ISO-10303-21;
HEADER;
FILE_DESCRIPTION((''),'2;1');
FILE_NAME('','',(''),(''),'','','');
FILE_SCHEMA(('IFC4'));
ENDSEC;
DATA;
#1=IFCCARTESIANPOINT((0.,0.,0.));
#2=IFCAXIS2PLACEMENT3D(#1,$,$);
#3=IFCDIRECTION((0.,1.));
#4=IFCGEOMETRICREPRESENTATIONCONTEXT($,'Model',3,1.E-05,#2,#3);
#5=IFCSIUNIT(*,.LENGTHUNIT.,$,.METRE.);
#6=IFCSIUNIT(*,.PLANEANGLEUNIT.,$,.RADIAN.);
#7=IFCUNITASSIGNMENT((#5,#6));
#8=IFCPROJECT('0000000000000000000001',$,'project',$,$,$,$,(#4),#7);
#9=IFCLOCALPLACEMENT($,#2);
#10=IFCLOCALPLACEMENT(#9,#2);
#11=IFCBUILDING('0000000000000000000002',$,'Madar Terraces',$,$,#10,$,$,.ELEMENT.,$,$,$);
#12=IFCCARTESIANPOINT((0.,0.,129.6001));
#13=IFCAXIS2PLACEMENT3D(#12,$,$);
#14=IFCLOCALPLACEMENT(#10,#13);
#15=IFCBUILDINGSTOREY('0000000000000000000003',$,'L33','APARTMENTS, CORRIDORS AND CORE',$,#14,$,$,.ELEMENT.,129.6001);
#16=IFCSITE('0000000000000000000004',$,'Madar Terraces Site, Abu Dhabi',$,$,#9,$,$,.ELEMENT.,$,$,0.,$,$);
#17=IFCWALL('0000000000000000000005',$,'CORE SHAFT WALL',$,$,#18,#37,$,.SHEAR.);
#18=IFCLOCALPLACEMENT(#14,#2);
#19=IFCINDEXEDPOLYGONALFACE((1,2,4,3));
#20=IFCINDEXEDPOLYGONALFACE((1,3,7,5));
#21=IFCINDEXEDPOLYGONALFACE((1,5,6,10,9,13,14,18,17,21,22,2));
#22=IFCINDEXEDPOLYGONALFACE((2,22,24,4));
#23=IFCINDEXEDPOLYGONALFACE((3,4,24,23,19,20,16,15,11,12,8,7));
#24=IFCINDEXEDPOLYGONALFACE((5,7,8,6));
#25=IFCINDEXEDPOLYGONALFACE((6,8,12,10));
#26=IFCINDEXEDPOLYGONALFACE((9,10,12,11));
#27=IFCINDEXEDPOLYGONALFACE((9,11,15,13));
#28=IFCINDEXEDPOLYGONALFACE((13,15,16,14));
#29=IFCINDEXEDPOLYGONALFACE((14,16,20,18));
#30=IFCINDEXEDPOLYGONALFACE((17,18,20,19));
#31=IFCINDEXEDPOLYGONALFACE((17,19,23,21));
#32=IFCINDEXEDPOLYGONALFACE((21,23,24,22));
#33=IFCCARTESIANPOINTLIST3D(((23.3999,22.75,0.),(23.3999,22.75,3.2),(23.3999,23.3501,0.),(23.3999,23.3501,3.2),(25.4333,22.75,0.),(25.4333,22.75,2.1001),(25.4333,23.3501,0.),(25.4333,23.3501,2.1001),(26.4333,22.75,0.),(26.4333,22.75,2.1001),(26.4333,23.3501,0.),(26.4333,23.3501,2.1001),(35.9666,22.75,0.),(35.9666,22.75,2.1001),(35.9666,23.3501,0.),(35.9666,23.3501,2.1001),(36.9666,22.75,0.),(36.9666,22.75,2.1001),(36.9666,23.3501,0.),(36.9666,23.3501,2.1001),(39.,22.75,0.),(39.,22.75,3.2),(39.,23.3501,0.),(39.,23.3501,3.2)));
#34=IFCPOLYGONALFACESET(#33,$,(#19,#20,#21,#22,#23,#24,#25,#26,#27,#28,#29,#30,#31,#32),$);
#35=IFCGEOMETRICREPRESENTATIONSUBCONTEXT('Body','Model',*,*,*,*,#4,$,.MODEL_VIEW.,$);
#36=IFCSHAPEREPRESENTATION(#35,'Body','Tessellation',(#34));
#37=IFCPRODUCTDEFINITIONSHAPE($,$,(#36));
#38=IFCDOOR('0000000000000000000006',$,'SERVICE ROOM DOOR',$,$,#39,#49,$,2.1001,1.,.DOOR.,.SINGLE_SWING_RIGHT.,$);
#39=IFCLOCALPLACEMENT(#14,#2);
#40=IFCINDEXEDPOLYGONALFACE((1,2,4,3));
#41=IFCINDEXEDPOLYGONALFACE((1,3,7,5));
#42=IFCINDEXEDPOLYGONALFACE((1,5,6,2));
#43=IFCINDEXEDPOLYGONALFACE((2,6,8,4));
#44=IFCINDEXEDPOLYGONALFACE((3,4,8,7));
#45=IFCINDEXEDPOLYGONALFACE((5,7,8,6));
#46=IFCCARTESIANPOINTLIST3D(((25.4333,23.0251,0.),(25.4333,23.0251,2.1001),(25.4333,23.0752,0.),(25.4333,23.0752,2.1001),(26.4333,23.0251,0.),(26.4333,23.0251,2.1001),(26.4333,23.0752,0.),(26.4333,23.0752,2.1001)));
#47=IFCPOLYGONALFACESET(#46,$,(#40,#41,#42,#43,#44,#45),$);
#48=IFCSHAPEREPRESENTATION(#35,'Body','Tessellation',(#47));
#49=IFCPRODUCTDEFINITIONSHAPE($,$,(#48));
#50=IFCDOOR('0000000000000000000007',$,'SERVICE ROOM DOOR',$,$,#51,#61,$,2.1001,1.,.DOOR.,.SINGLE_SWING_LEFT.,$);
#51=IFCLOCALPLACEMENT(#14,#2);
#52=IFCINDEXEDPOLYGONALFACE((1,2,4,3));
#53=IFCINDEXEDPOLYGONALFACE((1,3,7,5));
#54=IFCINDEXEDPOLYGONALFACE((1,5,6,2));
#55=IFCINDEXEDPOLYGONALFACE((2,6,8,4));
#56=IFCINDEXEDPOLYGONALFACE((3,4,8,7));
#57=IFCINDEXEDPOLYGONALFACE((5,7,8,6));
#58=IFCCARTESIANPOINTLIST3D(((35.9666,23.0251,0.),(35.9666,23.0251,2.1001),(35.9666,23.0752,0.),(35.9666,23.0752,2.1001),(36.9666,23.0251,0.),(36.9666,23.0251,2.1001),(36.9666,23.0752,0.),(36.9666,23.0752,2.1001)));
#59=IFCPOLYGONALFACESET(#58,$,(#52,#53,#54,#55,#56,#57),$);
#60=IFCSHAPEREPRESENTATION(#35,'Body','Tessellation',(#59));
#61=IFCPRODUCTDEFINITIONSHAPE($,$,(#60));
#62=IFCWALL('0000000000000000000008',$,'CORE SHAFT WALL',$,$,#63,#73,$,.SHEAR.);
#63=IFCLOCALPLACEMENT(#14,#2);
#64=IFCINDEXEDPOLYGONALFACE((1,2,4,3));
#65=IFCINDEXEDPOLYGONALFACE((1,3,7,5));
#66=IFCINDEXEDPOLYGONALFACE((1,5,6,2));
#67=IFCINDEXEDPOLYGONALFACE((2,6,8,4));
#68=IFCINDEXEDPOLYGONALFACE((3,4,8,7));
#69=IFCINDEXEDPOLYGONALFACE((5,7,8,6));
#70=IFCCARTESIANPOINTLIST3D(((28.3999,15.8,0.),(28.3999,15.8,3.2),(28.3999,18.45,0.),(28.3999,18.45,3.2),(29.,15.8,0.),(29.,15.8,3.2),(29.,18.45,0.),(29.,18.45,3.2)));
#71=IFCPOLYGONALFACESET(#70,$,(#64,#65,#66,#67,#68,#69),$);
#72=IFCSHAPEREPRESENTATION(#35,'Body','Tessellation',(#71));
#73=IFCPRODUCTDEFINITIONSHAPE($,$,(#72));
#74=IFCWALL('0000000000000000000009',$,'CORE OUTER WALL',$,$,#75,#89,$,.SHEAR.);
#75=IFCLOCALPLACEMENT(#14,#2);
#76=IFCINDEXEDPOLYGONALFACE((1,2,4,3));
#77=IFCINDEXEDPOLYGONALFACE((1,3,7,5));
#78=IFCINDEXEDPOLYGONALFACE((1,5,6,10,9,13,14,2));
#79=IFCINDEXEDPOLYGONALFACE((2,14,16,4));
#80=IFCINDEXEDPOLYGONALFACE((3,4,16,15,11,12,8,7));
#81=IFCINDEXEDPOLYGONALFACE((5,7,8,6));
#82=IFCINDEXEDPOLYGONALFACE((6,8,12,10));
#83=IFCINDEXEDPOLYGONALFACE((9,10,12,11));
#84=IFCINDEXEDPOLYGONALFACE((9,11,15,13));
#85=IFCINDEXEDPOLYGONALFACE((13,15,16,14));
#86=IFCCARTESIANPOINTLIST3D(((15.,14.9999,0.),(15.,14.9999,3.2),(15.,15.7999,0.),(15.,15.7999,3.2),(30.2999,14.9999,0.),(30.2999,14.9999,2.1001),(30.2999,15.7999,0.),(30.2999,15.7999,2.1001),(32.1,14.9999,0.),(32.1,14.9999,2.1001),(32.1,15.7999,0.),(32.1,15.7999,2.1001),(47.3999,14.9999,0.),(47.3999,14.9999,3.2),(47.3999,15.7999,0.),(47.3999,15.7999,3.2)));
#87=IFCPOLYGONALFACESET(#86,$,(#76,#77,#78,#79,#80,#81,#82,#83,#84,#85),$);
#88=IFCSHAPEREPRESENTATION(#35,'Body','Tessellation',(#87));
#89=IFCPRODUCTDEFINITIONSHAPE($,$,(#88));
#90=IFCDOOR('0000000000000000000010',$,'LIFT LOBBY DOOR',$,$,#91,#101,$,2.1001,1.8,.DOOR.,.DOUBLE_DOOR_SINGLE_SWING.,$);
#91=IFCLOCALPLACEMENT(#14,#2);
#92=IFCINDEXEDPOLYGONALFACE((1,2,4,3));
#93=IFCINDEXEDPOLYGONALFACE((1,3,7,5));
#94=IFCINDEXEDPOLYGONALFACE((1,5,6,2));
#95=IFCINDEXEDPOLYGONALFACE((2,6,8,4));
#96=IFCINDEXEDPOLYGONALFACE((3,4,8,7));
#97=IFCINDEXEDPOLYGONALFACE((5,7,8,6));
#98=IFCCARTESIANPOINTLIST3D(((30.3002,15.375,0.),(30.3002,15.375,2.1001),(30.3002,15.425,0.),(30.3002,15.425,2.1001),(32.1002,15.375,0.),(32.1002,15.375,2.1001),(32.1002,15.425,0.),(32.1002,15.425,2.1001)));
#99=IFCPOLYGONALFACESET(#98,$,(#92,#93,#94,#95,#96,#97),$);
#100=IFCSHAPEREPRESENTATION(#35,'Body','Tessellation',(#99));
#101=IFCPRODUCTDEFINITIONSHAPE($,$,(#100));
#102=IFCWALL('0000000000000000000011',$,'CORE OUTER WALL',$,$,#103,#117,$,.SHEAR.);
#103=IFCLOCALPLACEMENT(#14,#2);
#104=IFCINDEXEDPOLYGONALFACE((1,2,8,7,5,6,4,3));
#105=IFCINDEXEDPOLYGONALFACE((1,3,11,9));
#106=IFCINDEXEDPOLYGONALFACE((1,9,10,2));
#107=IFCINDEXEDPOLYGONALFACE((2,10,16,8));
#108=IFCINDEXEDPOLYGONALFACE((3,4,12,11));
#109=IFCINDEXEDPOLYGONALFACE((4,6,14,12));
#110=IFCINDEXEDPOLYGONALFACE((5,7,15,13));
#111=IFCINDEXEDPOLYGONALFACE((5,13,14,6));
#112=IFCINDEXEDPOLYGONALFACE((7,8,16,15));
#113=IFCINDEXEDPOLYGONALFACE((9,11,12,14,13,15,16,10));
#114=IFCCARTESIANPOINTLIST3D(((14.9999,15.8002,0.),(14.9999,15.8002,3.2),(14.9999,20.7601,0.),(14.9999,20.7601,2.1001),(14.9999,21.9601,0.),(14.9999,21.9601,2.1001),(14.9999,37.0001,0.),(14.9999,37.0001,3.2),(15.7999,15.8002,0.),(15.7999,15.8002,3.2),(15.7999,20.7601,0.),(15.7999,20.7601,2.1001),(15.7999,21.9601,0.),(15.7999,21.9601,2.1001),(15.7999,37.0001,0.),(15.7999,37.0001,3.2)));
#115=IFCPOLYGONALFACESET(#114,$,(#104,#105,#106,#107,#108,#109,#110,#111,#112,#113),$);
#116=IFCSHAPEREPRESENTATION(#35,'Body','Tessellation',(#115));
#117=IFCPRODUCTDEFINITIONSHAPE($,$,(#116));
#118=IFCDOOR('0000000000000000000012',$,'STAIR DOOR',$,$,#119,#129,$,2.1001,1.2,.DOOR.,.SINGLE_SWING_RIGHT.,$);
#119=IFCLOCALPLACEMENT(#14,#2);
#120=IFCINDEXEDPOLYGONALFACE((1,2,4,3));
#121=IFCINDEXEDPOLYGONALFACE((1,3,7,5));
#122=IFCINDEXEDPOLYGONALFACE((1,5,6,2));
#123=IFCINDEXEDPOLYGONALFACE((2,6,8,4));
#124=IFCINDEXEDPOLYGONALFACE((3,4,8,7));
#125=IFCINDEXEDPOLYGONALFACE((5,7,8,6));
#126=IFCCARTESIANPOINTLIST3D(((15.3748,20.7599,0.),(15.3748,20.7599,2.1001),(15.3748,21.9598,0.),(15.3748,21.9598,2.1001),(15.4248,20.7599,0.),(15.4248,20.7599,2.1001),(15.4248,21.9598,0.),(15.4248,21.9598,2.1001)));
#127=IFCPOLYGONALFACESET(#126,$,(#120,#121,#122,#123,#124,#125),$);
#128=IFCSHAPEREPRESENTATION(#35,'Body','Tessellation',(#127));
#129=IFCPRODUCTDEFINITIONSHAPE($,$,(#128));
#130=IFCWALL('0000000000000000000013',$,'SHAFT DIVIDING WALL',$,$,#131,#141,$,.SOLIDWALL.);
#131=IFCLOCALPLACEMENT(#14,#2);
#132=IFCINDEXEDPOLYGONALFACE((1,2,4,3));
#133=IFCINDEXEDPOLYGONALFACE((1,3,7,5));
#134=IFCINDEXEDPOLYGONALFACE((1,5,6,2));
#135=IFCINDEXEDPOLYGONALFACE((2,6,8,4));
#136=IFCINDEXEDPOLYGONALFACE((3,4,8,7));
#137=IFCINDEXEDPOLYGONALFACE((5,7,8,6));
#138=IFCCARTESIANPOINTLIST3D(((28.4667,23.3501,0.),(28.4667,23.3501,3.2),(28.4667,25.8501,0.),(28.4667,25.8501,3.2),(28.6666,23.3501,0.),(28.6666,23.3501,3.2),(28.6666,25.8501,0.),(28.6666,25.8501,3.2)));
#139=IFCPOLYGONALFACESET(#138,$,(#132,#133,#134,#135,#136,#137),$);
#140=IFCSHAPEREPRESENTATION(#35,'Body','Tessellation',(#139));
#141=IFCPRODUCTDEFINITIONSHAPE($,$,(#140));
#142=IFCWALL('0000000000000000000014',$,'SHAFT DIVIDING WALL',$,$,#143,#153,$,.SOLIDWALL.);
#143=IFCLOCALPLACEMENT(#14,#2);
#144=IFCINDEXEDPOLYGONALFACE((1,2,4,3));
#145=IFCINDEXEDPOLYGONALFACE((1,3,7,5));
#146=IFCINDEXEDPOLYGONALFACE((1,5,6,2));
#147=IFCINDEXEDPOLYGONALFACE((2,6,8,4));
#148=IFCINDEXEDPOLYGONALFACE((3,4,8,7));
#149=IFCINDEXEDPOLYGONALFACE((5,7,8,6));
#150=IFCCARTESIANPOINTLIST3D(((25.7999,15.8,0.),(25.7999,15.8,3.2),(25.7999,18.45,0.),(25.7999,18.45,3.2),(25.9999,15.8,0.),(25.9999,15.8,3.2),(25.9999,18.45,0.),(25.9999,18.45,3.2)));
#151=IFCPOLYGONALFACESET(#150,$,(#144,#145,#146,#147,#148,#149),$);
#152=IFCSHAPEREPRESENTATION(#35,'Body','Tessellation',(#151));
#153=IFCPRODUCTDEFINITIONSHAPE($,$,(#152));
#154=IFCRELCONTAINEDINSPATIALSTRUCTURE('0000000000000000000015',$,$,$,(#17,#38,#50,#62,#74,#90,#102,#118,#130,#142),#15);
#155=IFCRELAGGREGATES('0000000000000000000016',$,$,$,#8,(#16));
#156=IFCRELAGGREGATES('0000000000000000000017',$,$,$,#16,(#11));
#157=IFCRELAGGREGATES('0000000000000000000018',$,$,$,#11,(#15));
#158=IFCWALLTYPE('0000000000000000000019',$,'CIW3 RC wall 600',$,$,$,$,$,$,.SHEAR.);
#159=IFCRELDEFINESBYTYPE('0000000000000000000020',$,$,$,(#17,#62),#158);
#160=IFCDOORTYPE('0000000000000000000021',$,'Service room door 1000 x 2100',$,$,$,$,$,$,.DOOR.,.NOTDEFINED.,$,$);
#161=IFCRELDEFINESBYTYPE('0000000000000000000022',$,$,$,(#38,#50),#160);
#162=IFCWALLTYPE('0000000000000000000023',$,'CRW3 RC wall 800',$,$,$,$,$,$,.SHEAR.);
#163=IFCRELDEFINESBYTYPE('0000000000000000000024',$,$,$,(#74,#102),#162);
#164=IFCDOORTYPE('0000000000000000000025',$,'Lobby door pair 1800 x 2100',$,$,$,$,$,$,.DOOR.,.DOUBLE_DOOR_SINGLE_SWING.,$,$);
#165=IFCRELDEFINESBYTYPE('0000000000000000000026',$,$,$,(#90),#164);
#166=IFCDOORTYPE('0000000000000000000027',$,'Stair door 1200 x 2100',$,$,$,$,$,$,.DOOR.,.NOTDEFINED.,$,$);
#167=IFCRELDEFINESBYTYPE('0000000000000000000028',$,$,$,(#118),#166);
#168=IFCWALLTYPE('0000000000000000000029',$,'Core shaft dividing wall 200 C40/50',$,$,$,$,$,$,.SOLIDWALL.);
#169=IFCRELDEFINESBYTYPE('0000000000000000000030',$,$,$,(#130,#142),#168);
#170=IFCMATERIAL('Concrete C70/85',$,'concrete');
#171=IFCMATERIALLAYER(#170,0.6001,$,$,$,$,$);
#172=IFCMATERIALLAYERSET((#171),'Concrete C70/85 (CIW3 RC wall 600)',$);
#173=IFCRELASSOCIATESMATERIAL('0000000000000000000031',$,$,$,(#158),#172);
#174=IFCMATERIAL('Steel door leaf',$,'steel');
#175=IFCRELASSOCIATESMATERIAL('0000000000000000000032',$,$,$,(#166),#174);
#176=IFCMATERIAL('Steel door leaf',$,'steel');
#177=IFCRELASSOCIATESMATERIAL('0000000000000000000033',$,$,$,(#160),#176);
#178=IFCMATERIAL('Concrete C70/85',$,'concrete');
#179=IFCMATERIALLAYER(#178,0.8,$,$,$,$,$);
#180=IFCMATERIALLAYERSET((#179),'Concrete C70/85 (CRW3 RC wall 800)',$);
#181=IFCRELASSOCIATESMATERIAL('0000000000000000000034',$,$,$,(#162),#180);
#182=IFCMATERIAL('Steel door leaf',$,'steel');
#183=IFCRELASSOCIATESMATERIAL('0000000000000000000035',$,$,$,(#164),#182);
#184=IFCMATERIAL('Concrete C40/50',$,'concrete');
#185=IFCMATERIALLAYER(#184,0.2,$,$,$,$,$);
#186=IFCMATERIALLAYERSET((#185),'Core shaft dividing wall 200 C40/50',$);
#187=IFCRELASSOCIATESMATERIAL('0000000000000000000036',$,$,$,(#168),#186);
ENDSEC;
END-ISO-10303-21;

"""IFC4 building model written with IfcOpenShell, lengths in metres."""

from ifc_helpers import new_model, si_unit, direction, frame, frame_2d, origin, place, context, subcontext, project, spatial, rectangle, extrude, material, layer, layer_set, type_object, element, fill, save


model = new_model("IFC4")

# Units and contexts
model_context = context("Model", 3, precision=1e-05, world=origin(), true_north=direction((0.0, 1.0)))
body_context = subcontext(model_context, "Body", "Model", "MODEL_VIEW")
ifc_project = project(units=[si_unit("LENGTHUNIT", "METRE"), si_unit("PLANEANGLEUNIT", "RADIAN")], contexts=[model_context])

# Site, building, storey
site_placement = place(None, origin())
site = spatial("IfcSite", under=ifc_project, at=site_placement, Name="Madar Terraces Site, Abu Dhabi", CompositionType="ELEMENT", RefElevation=0.0)
building_placement = place(site_placement, origin())
building = spatial("IfcBuilding", under=site, at=building_placement, Name="Madar Terraces", CompositionType="ELEMENT")
storey_placement = place(building_placement, frame((0.0, 0.0, 129.6001)))
storey = spatial("IfcBuildingStorey", under=building, at=storey_placement, Name="L33", Description="APARTMENTS, CORRIDORS AND CORE", CompositionType="ELEMENT", Elevation=129.6001)

# Shared definitions
ifc_material_1 = material(Name="Concrete C70/85", Category="concrete")
ifc_layer_1 = layer(ifc_material_1, 0.6001)
ifc_layer_set_1 = layer_set([ifc_layer_1], Name="Concrete C70/85 (CIW3 RC wall 600)")
wall_type_1 = type_object("IfcWallType", Name="CIW3 RC wall 600", PredefinedType="SHEAR", material=ifc_layer_set_1)
ifc_material_2 = material(Name="Steel door leaf", Category="steel")
door_type_1 = type_object("IfcDoorType", Name="Stair door 1200 x 2100", OperationType="NOTDEFINED", PredefinedType="DOOR", material=ifc_material_2)

# Wall, openings, doors
wall_1_placement = place(storey_placement, frame((23.3999, 23.05, 0.0), z_axis=(0.0, 0.0, 1.0), x_axis=(1.0, 0.0, 0.0)))
wall_1 = element("IfcWall", 1, at=wall_1_placement, inside=storey, type_object=wall_type_1, Name="CORE SHAFT WALL", PredefinedType="SHEAR", context=body_context, shape_type="SweptSolid", body=[
    extrude(rectangle(XDim=15.6001, YDim=0.6001, at=frame_2d((7.8, 0.0))), origin(), (0.0, 0.0, 1.0), 3.2),
])
opening_1_placement = place(wall_1_placement, frame((2.0334, 0.0, 0.0)))
opening_1 = element("IfcOpeningElement", 2, at=opening_1_placement, cuts=wall_1, PredefinedType="OPENING", context=body_context, shape_type="SweptSolid", body=[
    extrude(rectangle(XDim=1.0, YDim=2.1001, at=frame_2d((0.5, 1.05))), frame((0.0, 0.3101, 0.0), z_axis=(0.0, -1.0, 0.0), x_axis=(1.0, 0.0, 0.0)), (0.0, 0.0, 1.0), 0.6201),
])
opening_2_placement = place(wall_1_placement, frame((12.5667, 0.0, 0.0)))
opening_2 = element("IfcOpeningElement", 3, at=opening_2_placement, cuts=wall_1, PredefinedType="OPENING", context=body_context, shape_type="SweptSolid", body=[
    extrude(rectangle(XDim=1.0, YDim=2.1001, at=frame_2d((0.5, 1.05))), frame((0.0, 0.3101, 0.0), z_axis=(0.0, -1.0, 0.0), x_axis=(1.0, 0.0, 0.0)), (0.0, 0.0, 1.0), 0.6201),
])
ifc_material_3 = material(Name="Steel door leaf", Category="steel")
door_type_2 = type_object("IfcDoorType", Name="Service room door 1000 x 2100", OperationType="NOTDEFINED", PredefinedType="DOOR", material=ifc_material_3)
door_1_placement = place(opening_1_placement, frame((1.0, 0.0, 0.0), z_axis=(0.0, 0.0, 1.0), x_axis=(-1.0, 0.0, 0.0)))
door_1 = element("IfcDoor", 4, at=door_1_placement, inside=storey, type_object=door_type_2, Name="SERVICE ROOM DOOR", OperationType="SINGLE_SWING_RIGHT", OverallHeight=2.1001, OverallWidth=1.0, PredefinedType="DOOR", context=body_context, shape_type="SweptSolid", body=[
    extrude(rectangle(XDim=1.0, YDim=2.1001, at=frame_2d((0.5, 1.05))), frame((0.0, 0.0249, 0.0), z_axis=(0.0, -1.0, 0.0), x_axis=(1.0, 0.0, 0.0)), (0.0, 0.0, 1.0), 0.05),
])
fill(opening_1, door_1)
door_2_placement = place(opening_2_placement, frame((1.0, 0.0, 0.0), z_axis=(0.0, 0.0, 1.0), x_axis=(-1.0, 0.0, 0.0)))
door_2 = element("IfcDoor", 5, at=door_2_placement, inside=storey, type_object=door_type_2, Name="SERVICE ROOM DOOR", OperationType="SINGLE_SWING_LEFT", OverallHeight=2.1001, OverallWidth=1.0, PredefinedType="DOOR", context=body_context, shape_type="SweptSolid", body=[
    extrude(rectangle(XDim=1.0, YDim=2.1001, at=frame_2d((0.5, 1.05))), frame((0.0, 0.0249, 0.0), z_axis=(0.0, -1.0, 0.0), x_axis=(1.0, 0.0, 0.0)), (0.0, 0.0, 1.0), 0.05),
])
fill(opening_2, door_2)

# Wall
wall_2_placement = place(storey_placement, frame((28.7, 15.8, 0.0), z_axis=(0.0, 0.0, 1.0), x_axis=(0.0, 1.0, 0.0)))
element("IfcWall", 6, at=wall_2_placement, inside=storey, type_object=wall_type_1, Name="CORE SHAFT WALL", PredefinedType="SHEAR", context=body_context, shape_type="SweptSolid", body=[
    extrude(rectangle(XDim=2.6499, YDim=0.6001, at=frame_2d((1.325, 0.0))), origin(), (0.0, 0.0, 1.0), 3.2),
])

# Walls, openings, doors
ifc_material_4 = material(Name="Concrete C70/85", Category="concrete")
ifc_layer_2 = layer(ifc_material_4, 0.8)
ifc_layer_set_2 = layer_set([ifc_layer_2], Name="Concrete C70/85 (CRW3 RC wall 800)")
wall_type_2 = type_object("IfcWallType", Name="CRW3 RC wall 800", PredefinedType="SHEAR", material=ifc_layer_set_2)
wall_3_placement = place(storey_placement, frame((15.0, 15.3999, 0.0), z_axis=(0.0, 0.0, 1.0), x_axis=(1.0, 0.0, 0.0)))
wall_3 = element("IfcWall", 7, at=wall_3_placement, inside=storey, type_object=wall_type_2, Name="CORE OUTER WALL", PredefinedType="SHEAR", context=body_context, shape_type="SweptSolid", body=[
    extrude(rectangle(XDim=32.3999, YDim=0.8, at=frame_2d((16.2, 0.0))), origin(), (0.0, 0.0, 1.0), 3.2),
])
opening_3_placement = place(wall_3_placement, frame((15.3, 0.0, 0.0)))
opening_3 = element("IfcOpeningElement", 8, at=opening_3_placement, cuts=wall_3, PredefinedType="OPENING", context=body_context, shape_type="SweptSolid", body=[
    extrude(rectangle(XDim=1.8, YDim=2.1001, at=frame_2d((0.8999, 1.05))), frame((0.0, 0.4099, 0.0), z_axis=(0.0, -1.0, 0.0), x_axis=(1.0, 0.0, 0.0)), (0.0, 0.0, 1.0), 0.8201),
])
ifc_material_5 = material(Name="Steel door leaf", Category="steel")
door_type_3 = type_object("IfcDoorType", Name="Lobby door pair 1800 x 2100", OperationType="DOUBLE_DOOR_SINGLE_SWING", PredefinedType="DOOR", material=ifc_material_5)
door_3_placement = place(opening_3_placement, frame((1.8, 0.0, 0.0), z_axis=(0.0, 0.0, 1.0), x_axis=(-1.0, 0.0, 0.0)))
door_3 = element("IfcDoor", 9, at=door_3_placement, inside=storey, type_object=door_type_3, Name="LIFT LOBBY DOOR", OperationType="DOUBLE_DOOR_SINGLE_SWING", OverallHeight=2.1001, OverallWidth=1.8, PredefinedType="DOOR", context=body_context, shape_type="SweptSolid", body=[
    extrude(rectangle(XDim=1.8, YDim=2.1001, at=frame_2d((0.8999, 1.05))), frame((0.0, 0.0249, 0.0), z_axis=(0.0, -1.0, 0.0), x_axis=(1.0, 0.0, 0.0)), (0.0, 0.0, 1.0), 0.05),
])
fill(opening_3, door_3)
wall_4_placement = place(storey_placement, frame((15.3999, 15.8, 0.0), z_axis=(0.0, 0.0, 1.0), x_axis=(0.0, 1.0, 0.0)))
wall_4 = element("IfcWall", 10, at=wall_4_placement, inside=storey, type_object=wall_type_2, Name="CORE OUTER WALL", PredefinedType="SHEAR", context=body_context, shape_type="SweptSolid", body=[
    extrude(rectangle(XDim=21.2, YDim=0.8, at=frame_2d((10.6001, 0.0))), origin(), (0.0, 0.0, 1.0), 3.2),
])
opening_4_placement = place(wall_4_placement, frame((4.96, 0.0, 0.0)))
opening_4 = element("IfcOpeningElement", 11, at=opening_4_placement, cuts=wall_4, PredefinedType="OPENING", context=body_context, shape_type="SweptSolid", body=[
    extrude(rectangle(XDim=1.2, YDim=2.1001, at=frame_2d((0.6001, 1.05))), frame((0.0, 0.4099, 0.0), z_axis=(0.0, -1.0, 0.0), x_axis=(1.0, 0.0, 0.0)), (0.0, 0.0, 1.0), 0.8201),
])
door_4_placement = place(opening_4_placement, frame((1.2, 0.0, 0.0), z_axis=(0.0, 0.0, 1.0), x_axis=(-1.0, 0.0, 0.0)))
door_4 = element("IfcDoor", 12, at=door_4_placement, inside=storey, type_object=door_type_1, Name="STAIR DOOR", OperationType="SINGLE_SWING_RIGHT", OverallHeight=2.1001, OverallWidth=1.2, PredefinedType="DOOR", context=body_context, shape_type="SweptSolid", body=[
    extrude(rectangle(XDim=1.2, YDim=2.1001, at=frame_2d((0.6001, 1.05))), frame((0.0, 0.0249, 0.0), z_axis=(0.0, -1.0, 0.0), x_axis=(1.0, 0.0, 0.0)), (0.0, 0.0, 1.0), 0.05),
])
fill(opening_4, door_4)

# Walls
ifc_material_6 = material(Name="Concrete C40/50", Category="concrete")
ifc_layer_3 = layer(ifc_material_6, 0.2)
ifc_layer_set_3 = layer_set([ifc_layer_3], Name="Core shaft dividing wall 200 C40/50")
wall_type_3 = type_object("IfcWallType", Name="Core shaft dividing wall 200 C40/50", PredefinedType="SOLIDWALL", material=ifc_layer_set_3)
wall_5_placement = place(storey_placement, frame((28.5667, 23.3501, 0.0), z_axis=(0.0, 0.0, 1.0), x_axis=(0.0, 1.0, 0.0)))
element("IfcWall", 13, at=wall_5_placement, inside=storey, type_object=wall_type_3, Name="SHAFT DIVIDING WALL", PredefinedType="SOLIDWALL", context=body_context, shape_type="SweptSolid", body=[
    extrude(rectangle(XDim=2.5, YDim=0.2, at=frame_2d((1.25, 0.0))), origin(), (0.0, 0.0, 1.0), 3.2),
])
wall_6_placement = place(storey_placement, frame((25.8999, 15.8, 0.0), z_axis=(0.0, 0.0, 1.0), x_axis=(0.0, 1.0, 0.0)))
element("IfcWall", 14, at=wall_6_placement, inside=storey, type_object=wall_type_3, Name="SHAFT DIVIDING WALL", PredefinedType="SOLIDWALL", context=body_context, shape_type="SweptSolid", body=[
    extrude(rectangle(XDim=2.6499, YDim=0.2, at=frame_2d((1.325, 0.0))), origin(), (0.0, 0.0, 1.0), 3.2),
])

save(model, "model.ifc")
